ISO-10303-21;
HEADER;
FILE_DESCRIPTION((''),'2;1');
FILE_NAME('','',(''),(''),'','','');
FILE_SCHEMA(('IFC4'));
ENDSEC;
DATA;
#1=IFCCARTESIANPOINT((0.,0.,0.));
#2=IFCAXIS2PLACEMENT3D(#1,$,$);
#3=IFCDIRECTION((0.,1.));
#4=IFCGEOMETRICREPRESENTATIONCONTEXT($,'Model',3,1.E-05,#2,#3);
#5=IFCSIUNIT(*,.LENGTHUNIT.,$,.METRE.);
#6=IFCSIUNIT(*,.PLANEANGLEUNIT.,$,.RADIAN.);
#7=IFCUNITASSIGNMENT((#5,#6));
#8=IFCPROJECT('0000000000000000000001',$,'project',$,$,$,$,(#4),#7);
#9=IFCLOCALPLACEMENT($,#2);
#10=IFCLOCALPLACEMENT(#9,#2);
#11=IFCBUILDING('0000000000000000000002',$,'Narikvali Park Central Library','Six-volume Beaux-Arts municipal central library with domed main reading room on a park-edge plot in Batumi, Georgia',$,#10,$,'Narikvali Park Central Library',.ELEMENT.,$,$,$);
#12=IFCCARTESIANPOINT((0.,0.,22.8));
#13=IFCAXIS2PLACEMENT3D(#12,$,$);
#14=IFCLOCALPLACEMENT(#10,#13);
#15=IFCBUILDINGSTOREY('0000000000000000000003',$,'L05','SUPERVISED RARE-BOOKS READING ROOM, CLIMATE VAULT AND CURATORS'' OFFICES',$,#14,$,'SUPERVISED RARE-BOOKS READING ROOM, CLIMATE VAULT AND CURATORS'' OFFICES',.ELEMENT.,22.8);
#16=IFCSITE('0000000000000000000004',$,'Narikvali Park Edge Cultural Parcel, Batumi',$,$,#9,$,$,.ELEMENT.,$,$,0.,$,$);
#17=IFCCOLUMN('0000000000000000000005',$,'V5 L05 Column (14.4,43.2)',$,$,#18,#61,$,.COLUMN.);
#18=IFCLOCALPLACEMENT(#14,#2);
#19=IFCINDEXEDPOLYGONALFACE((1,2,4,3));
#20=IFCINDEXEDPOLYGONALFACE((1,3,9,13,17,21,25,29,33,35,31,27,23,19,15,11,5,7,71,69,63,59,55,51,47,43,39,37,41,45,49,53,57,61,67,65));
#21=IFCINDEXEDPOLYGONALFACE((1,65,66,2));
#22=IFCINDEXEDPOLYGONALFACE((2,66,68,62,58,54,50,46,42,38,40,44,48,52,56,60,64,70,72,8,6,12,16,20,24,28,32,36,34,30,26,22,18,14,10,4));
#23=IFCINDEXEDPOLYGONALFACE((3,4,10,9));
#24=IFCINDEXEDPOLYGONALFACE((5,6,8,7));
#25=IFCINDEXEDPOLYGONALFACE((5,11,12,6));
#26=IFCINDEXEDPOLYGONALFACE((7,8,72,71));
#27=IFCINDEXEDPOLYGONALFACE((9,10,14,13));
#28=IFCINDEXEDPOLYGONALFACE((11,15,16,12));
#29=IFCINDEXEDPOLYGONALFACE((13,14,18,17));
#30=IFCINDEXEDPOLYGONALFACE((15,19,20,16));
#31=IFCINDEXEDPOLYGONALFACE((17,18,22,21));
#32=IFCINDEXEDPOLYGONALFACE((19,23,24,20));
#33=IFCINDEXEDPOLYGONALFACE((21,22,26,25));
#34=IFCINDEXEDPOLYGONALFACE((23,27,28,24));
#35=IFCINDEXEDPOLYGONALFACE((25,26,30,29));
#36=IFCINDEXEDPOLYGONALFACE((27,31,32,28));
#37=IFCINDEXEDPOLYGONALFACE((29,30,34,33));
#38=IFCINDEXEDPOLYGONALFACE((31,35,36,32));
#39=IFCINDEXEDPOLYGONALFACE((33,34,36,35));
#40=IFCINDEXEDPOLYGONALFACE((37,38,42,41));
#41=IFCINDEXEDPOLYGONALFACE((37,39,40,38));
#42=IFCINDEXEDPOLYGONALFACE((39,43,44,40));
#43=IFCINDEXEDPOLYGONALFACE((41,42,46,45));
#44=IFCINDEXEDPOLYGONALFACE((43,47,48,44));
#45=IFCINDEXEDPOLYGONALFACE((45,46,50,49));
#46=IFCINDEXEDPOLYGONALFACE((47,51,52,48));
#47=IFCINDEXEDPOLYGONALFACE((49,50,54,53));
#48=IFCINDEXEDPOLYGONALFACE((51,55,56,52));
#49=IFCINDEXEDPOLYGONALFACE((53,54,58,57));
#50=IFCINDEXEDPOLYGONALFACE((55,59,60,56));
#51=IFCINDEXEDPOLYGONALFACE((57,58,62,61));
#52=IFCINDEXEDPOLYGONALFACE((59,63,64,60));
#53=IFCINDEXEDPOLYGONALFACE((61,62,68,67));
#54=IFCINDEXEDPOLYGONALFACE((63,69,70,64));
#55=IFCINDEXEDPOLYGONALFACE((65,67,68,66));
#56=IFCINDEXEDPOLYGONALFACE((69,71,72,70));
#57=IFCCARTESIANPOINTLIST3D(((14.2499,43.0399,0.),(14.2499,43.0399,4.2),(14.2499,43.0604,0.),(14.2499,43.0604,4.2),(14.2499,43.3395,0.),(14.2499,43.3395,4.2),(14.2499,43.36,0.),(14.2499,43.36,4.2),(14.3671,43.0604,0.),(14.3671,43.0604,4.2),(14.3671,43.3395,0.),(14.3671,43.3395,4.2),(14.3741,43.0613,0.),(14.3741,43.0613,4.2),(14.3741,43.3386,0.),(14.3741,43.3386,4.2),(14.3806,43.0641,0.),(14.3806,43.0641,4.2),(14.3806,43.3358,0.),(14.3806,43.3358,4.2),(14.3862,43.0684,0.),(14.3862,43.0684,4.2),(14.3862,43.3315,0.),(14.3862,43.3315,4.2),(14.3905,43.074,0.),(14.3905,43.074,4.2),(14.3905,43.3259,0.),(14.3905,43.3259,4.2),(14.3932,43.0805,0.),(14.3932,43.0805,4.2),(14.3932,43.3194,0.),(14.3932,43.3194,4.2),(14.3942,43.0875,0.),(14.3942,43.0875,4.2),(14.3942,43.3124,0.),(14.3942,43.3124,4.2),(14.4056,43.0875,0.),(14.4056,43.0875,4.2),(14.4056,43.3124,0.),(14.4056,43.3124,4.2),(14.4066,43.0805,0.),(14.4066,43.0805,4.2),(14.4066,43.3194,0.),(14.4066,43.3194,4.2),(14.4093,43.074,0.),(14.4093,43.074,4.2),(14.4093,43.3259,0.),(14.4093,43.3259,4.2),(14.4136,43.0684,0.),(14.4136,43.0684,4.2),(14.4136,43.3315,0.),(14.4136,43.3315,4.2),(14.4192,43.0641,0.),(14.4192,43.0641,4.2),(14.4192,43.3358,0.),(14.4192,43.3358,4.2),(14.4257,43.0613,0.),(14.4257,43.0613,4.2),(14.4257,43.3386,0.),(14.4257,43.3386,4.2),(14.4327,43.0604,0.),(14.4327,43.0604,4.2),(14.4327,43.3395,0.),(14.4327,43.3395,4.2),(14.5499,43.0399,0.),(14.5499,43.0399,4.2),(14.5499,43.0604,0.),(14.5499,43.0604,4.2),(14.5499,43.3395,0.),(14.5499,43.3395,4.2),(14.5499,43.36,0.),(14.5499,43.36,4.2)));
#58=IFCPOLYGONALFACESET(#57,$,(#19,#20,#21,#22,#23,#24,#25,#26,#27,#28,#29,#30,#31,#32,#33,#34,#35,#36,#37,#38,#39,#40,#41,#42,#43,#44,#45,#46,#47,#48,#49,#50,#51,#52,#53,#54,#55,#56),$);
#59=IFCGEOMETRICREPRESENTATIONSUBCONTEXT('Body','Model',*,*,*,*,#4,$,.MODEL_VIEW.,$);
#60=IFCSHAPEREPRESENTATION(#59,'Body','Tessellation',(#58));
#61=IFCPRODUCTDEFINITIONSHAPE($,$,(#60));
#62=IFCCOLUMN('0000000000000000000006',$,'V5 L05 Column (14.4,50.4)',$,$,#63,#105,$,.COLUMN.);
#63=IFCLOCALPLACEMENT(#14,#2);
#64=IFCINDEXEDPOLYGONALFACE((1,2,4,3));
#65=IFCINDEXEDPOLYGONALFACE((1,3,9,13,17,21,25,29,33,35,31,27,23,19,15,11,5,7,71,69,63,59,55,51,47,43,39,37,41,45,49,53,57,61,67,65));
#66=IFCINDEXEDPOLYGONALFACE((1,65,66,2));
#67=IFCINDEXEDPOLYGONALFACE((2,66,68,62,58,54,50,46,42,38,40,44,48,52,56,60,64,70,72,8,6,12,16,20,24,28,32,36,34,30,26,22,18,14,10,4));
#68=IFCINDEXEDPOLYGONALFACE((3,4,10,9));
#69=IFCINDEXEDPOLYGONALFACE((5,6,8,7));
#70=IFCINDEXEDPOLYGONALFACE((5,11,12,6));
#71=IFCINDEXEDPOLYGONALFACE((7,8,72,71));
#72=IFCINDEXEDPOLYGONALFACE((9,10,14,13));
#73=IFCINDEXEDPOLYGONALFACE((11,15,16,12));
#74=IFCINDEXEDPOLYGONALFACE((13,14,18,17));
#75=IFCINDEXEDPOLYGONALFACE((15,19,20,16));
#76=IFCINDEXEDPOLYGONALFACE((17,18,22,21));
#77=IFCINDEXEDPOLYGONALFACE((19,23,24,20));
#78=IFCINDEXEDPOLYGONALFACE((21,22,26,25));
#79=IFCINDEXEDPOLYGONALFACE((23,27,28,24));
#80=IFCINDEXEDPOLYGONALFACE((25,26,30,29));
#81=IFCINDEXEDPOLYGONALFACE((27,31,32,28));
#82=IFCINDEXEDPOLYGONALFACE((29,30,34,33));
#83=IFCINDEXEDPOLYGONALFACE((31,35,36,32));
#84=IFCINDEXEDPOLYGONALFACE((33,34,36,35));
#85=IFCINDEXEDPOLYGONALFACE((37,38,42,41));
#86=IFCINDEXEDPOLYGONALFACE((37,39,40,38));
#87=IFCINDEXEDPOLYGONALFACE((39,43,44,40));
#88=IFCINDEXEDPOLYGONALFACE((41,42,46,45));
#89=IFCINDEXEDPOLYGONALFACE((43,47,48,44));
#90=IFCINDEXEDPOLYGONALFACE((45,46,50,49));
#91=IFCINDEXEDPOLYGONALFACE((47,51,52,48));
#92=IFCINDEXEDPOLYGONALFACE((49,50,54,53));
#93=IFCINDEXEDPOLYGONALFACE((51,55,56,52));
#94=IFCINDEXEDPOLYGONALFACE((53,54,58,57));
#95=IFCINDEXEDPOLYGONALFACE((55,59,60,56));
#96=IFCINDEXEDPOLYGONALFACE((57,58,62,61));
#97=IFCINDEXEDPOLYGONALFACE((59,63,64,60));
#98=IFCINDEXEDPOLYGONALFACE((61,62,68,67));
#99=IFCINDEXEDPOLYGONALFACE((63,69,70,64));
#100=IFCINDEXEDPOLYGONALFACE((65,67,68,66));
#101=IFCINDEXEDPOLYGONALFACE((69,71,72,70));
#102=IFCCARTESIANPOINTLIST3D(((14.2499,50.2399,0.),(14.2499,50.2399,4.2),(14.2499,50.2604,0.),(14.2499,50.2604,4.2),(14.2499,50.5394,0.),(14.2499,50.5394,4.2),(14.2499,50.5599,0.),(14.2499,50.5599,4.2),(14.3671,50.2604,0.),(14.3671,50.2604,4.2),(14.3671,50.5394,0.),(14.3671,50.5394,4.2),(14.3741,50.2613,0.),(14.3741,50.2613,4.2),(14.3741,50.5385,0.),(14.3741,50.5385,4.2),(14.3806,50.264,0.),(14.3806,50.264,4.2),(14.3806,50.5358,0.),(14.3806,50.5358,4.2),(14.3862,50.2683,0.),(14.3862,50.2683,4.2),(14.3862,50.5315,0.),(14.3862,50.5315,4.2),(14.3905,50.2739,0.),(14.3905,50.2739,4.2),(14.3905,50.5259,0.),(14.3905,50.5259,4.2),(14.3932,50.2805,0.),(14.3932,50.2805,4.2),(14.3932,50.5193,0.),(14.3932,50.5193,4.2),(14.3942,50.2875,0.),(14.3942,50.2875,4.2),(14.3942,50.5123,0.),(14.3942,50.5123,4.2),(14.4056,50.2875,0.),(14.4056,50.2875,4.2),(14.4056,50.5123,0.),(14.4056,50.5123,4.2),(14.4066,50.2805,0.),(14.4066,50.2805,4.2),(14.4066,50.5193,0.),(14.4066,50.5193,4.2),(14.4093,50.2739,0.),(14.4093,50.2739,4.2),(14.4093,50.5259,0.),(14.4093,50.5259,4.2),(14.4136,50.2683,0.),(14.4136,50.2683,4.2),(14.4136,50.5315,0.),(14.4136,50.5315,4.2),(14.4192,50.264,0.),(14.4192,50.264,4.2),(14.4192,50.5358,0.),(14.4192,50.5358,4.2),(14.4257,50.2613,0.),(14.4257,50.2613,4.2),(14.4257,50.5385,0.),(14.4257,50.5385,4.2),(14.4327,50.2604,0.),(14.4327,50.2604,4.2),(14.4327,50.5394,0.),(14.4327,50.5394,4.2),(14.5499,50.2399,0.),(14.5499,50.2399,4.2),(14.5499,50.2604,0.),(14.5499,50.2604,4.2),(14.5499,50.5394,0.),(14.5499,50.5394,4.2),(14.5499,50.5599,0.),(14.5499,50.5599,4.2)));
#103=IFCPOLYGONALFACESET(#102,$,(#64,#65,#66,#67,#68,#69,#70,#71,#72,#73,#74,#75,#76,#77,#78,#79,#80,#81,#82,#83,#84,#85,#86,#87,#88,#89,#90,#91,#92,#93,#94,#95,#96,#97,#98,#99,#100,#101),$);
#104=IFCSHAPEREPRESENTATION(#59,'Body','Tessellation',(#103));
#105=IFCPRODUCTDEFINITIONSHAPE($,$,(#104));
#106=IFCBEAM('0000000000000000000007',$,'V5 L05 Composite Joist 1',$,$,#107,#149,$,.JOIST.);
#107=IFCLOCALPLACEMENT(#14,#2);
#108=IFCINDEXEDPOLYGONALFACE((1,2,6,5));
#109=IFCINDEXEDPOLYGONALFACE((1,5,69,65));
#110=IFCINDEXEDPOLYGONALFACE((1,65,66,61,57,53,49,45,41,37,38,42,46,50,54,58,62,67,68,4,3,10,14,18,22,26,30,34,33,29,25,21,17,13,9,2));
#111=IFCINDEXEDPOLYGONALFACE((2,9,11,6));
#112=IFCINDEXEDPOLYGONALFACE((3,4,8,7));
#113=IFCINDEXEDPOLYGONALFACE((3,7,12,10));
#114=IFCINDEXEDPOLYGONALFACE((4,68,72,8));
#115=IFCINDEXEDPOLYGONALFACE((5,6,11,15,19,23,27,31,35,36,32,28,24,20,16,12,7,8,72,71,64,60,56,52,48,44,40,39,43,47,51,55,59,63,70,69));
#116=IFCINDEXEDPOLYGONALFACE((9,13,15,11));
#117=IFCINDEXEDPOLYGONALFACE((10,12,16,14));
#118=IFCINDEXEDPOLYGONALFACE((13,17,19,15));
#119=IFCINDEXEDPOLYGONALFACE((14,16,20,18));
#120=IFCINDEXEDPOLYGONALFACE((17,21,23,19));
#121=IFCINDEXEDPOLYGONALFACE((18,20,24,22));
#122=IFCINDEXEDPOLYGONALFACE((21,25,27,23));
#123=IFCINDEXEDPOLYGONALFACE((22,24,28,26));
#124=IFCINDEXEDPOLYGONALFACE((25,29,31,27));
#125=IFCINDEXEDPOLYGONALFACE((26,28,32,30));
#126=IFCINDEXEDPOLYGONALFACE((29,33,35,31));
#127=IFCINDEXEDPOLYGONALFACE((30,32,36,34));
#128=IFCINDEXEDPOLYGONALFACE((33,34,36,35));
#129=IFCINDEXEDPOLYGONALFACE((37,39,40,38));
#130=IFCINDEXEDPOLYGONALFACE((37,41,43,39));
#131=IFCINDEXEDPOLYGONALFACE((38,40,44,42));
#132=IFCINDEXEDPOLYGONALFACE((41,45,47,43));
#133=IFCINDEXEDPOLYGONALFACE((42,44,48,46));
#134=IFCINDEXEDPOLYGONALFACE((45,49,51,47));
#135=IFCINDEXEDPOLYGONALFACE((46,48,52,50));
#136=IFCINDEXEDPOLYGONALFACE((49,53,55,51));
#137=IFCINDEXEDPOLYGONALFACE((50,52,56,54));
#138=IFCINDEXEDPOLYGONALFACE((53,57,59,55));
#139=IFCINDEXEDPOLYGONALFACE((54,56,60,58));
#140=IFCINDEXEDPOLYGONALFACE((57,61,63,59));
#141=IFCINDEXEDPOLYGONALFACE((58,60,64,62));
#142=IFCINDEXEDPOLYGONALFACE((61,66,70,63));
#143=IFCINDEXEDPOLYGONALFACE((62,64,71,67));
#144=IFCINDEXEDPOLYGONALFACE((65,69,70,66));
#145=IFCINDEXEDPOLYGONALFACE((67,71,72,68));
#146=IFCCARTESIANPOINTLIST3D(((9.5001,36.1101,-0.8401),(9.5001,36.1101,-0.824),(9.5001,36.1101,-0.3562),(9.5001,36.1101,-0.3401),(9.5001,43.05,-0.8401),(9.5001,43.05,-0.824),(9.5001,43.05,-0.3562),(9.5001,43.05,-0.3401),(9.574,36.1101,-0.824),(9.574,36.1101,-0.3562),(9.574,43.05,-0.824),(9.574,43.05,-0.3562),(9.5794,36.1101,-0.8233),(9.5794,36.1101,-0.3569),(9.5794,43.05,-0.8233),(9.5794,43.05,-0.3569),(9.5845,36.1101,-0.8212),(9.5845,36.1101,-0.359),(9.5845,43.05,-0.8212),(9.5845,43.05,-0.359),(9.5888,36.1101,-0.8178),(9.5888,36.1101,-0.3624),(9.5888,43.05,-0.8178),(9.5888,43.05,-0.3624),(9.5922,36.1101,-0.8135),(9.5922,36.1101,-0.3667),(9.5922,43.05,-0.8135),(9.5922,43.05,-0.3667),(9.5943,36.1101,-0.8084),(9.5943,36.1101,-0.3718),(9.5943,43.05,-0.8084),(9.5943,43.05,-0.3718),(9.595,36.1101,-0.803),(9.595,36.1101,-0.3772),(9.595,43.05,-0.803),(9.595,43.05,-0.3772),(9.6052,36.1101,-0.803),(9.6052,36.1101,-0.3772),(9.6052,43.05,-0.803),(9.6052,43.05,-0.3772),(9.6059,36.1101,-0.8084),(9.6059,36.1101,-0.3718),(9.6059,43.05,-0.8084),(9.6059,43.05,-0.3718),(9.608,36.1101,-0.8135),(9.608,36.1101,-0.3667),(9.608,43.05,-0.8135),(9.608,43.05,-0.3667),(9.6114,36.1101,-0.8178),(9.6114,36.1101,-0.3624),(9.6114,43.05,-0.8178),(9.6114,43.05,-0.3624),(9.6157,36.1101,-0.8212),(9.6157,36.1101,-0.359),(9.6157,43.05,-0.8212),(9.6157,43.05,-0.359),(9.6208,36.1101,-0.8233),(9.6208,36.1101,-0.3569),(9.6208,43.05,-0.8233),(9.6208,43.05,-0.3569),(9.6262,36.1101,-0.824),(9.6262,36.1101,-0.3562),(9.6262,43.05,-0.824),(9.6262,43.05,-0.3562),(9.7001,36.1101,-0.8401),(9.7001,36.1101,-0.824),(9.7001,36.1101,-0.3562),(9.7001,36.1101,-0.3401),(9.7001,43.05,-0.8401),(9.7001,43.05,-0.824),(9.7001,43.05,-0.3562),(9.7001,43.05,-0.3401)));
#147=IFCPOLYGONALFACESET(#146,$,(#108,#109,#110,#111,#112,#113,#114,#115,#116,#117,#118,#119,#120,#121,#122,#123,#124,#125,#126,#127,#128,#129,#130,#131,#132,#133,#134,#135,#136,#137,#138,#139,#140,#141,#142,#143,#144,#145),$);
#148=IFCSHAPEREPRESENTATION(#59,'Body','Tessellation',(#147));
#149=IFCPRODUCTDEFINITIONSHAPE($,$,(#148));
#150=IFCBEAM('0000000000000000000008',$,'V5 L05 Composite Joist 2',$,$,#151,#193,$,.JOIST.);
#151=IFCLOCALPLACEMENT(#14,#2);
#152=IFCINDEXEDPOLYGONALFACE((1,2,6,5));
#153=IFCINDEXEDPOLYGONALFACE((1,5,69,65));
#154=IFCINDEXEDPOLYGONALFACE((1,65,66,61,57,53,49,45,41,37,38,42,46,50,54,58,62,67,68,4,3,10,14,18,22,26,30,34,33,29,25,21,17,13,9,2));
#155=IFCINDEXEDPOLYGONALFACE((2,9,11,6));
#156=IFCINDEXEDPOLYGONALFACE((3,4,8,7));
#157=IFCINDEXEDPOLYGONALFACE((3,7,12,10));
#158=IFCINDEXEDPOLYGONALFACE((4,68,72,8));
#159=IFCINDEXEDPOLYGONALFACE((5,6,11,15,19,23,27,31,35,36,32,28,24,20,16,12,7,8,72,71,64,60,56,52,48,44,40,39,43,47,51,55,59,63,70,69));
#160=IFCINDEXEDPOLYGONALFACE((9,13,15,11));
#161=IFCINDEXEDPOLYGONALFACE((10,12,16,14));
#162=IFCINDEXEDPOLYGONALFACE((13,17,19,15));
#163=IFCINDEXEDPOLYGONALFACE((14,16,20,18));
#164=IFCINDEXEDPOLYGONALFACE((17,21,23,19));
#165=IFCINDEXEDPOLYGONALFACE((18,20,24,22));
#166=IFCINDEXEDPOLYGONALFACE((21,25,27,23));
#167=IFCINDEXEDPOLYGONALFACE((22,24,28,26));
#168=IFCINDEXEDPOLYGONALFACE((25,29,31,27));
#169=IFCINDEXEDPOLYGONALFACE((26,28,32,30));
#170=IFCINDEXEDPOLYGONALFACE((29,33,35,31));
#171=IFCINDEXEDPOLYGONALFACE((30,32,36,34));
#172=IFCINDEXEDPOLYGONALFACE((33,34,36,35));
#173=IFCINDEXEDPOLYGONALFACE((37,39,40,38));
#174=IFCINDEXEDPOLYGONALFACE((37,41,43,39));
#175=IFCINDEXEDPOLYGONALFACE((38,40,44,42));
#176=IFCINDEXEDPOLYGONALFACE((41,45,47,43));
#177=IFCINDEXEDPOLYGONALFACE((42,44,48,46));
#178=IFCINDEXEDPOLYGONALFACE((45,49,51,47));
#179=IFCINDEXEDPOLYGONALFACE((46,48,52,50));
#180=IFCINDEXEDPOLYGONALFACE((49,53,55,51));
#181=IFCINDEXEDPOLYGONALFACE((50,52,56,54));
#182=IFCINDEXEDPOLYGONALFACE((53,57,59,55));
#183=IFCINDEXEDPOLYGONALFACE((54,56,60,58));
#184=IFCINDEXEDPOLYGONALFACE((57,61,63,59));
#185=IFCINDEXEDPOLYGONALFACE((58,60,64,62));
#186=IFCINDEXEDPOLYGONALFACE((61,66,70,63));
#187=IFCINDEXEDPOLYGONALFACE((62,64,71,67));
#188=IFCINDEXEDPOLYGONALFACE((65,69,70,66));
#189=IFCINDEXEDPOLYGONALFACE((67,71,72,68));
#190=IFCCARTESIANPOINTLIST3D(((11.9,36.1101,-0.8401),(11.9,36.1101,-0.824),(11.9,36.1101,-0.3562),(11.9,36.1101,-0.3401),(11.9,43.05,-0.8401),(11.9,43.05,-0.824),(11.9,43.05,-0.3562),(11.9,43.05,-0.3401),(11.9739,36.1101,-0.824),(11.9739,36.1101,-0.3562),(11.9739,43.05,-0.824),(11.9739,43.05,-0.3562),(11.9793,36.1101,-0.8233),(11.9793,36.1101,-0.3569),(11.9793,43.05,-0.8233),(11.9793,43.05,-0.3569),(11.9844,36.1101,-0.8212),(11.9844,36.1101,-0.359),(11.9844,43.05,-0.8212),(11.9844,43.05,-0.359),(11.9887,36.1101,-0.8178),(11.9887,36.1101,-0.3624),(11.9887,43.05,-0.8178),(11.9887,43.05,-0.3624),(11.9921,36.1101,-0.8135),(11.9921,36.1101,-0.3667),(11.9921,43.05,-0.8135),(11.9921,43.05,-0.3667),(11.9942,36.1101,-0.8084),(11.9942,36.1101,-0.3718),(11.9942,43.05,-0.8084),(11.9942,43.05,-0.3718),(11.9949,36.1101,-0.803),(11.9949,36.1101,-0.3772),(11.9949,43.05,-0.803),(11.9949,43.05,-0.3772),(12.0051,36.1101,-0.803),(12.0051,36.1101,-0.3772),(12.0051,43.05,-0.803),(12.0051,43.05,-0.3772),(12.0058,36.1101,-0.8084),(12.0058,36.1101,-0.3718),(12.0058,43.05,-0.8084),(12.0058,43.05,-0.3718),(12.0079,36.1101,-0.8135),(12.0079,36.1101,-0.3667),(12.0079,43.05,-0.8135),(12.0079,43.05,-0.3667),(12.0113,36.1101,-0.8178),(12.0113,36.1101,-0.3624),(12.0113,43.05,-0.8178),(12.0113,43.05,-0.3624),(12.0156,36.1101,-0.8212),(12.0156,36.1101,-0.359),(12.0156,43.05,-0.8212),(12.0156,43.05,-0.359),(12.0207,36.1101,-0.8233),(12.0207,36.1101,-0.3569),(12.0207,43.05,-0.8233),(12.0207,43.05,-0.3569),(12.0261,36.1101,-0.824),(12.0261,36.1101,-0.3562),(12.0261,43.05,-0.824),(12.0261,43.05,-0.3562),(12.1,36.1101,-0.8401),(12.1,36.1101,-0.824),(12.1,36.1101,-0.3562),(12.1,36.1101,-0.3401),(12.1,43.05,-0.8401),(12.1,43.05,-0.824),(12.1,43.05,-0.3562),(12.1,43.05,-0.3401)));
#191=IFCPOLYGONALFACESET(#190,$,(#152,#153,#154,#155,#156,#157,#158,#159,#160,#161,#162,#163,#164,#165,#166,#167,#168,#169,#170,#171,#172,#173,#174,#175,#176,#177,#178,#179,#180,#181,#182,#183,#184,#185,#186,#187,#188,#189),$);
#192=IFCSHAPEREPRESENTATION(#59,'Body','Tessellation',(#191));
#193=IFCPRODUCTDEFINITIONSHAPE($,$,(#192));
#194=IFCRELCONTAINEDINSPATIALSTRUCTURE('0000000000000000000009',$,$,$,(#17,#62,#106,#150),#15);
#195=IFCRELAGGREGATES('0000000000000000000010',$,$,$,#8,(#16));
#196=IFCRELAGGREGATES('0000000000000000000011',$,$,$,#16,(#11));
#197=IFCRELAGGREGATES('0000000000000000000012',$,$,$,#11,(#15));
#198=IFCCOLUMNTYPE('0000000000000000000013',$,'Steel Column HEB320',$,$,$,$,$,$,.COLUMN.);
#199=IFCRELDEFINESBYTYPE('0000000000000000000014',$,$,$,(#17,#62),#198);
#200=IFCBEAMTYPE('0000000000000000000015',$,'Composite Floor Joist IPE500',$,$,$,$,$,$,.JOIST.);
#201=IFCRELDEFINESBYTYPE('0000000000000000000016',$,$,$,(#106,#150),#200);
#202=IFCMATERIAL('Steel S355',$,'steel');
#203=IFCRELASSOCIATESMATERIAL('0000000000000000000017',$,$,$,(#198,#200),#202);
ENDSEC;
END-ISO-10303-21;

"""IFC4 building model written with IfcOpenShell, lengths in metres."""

from ifc_helpers import new_model, si_unit, direction, frame, origin, origin_2d, place, context, subcontext, project, spatial, i_section, extrude, material, material_profile, profile_set, type_object, element, save


model = new_model("IFC4")

# Units and contexts
model_context = context("Model", 3, precision=1e-05, world=origin(), true_north=direction((0.0, 1.0)))
body_context = subcontext(model_context, "Body", "Model", "MODEL_VIEW")
ifc_project = project(units=[si_unit("LENGTHUNIT", "METRE"), si_unit("PLANEANGLEUNIT", "RADIAN")], contexts=[model_context])

# Site, building, storey
site_placement = place(None, origin())
site = spatial("IfcSite", under=ifc_project, at=site_placement, Name="Narikvali Park Edge Cultural Parcel, Batumi", CompositionType="ELEMENT", RefElevation=0.0)
building_placement = place(site_placement, origin())
building = spatial("IfcBuilding", under=site, at=building_placement, Name="Narikvali Park Central Library", Description="Six-volume Beaux-Arts municipal central library with domed main reading room on a park-edge plot in Batumi, Georgia", LongName="Narikvali Park Central Library", CompositionType="ELEMENT")
storey_placement = place(building_placement, frame((0.0, 0.0, 22.8)))
storey = spatial("IfcBuildingStorey", under=building, at=storey_placement, Name="L05", Description="SUPERVISED RARE-BOOKS READING ROOM, CLIMATE VAULT AND CURATORS' OFFICES", LongName="SUPERVISED RARE-BOOKS READING ROOM, CLIMATE VAULT AND CURATORS' OFFICES", CompositionType="ELEMENT", Elevation=22.8)

# Columns
ifc_material_1 = material(Name="Steel S355", Category="steel")
ifc_material_profile_1 = material_profile(ifc_material_1, i_section(OverallWidth=0.3, OverallDepth=0.3201, WebThickness=0.0115, FlangeThickness=0.0205, FilletRadius=0.0271, at=origin_2d()), Name="HEB 320")
ifc_profile_set_1 = profile_set([ifc_material_profile_1], Name="Steel S355")
column_type = type_object("IfcColumnType", Name="Steel Column HEB320", PredefinedType="COLUMN", material=ifc_profile_set_1)
for number, where, z_axis, x_axis, name in (
    (1, (14.3999, 43.2, 0.0), (0.0, 0.0, 1.0), (1.0, 0.0, 0.0), "V5 L05 Column (14.4,43.2)"),
    (2, (14.3999, 50.3999, 0.0), (0.0, 0.0, 1.0), (1.0, 0.0, 0.0), "V5 L05 Column (14.4,50.4)"),
):
    element("IfcColumn", number, at=place(storey_placement, frame(where, z_axis=z_axis, x_axis=x_axis)), inside=storey, type_object=column_type, Name=name, PredefinedType="COLUMN", context=body_context, shape_type="SweptSolid", body=[
        extrude(i_section(OverallWidth=0.3, OverallDepth=0.3201, WebThickness=0.0115, FlangeThickness=0.0205, FilletRadius=0.0271, at=origin_2d()), origin(), (0.0, 0.0, 1.0), 4.2),
    ])

# Beams
ifc_material_profile_2 = material_profile(ifc_material_1, i_section(OverallWidth=0.2, OverallDepth=0.5, WebThickness=0.0103, FlangeThickness=0.0161, FilletRadius=0.021, at=origin_2d()), Name="IPE 500")
ifc_profile_set_2 = profile_set([ifc_material_profile_2], Name="Steel S355")
beam_type_1 = type_object("IfcBeamType", Name="Composite Floor Joist IPE500", PredefinedType="JOIST", material=ifc_profile_set_2)
for number, where, z_axis, x_axis, name in (
    (3, (9.6001, 36.1101, -0.5901), (0.0, 1.0, 0.0), (-1.0, 0.0, 0.0), "V5 L05 Composite Joist 1"),
    (4, (12.0, 36.1101, -0.5901), (0.0, 1.0, 0.0), (-1.0, 0.0, 0.0), "V5 L05 Composite Joist 2"),
):
    element("IfcBeam", number, at=place(storey_placement, frame(where, z_axis=z_axis, x_axis=x_axis)), inside=storey, type_object=beam_type_1, Name=name, PredefinedType="JOIST", context=body_context, shape_type="SweptSolid", body=[
        extrude(i_section(OverallWidth=0.2, OverallDepth=0.5, WebThickness=0.0103, FlangeThickness=0.0161, FilletRadius=0.021, at=origin_2d()), origin(), (0.0, 0.0, 1.0), 6.9399),
    ])

save(model, "model.ifc")
